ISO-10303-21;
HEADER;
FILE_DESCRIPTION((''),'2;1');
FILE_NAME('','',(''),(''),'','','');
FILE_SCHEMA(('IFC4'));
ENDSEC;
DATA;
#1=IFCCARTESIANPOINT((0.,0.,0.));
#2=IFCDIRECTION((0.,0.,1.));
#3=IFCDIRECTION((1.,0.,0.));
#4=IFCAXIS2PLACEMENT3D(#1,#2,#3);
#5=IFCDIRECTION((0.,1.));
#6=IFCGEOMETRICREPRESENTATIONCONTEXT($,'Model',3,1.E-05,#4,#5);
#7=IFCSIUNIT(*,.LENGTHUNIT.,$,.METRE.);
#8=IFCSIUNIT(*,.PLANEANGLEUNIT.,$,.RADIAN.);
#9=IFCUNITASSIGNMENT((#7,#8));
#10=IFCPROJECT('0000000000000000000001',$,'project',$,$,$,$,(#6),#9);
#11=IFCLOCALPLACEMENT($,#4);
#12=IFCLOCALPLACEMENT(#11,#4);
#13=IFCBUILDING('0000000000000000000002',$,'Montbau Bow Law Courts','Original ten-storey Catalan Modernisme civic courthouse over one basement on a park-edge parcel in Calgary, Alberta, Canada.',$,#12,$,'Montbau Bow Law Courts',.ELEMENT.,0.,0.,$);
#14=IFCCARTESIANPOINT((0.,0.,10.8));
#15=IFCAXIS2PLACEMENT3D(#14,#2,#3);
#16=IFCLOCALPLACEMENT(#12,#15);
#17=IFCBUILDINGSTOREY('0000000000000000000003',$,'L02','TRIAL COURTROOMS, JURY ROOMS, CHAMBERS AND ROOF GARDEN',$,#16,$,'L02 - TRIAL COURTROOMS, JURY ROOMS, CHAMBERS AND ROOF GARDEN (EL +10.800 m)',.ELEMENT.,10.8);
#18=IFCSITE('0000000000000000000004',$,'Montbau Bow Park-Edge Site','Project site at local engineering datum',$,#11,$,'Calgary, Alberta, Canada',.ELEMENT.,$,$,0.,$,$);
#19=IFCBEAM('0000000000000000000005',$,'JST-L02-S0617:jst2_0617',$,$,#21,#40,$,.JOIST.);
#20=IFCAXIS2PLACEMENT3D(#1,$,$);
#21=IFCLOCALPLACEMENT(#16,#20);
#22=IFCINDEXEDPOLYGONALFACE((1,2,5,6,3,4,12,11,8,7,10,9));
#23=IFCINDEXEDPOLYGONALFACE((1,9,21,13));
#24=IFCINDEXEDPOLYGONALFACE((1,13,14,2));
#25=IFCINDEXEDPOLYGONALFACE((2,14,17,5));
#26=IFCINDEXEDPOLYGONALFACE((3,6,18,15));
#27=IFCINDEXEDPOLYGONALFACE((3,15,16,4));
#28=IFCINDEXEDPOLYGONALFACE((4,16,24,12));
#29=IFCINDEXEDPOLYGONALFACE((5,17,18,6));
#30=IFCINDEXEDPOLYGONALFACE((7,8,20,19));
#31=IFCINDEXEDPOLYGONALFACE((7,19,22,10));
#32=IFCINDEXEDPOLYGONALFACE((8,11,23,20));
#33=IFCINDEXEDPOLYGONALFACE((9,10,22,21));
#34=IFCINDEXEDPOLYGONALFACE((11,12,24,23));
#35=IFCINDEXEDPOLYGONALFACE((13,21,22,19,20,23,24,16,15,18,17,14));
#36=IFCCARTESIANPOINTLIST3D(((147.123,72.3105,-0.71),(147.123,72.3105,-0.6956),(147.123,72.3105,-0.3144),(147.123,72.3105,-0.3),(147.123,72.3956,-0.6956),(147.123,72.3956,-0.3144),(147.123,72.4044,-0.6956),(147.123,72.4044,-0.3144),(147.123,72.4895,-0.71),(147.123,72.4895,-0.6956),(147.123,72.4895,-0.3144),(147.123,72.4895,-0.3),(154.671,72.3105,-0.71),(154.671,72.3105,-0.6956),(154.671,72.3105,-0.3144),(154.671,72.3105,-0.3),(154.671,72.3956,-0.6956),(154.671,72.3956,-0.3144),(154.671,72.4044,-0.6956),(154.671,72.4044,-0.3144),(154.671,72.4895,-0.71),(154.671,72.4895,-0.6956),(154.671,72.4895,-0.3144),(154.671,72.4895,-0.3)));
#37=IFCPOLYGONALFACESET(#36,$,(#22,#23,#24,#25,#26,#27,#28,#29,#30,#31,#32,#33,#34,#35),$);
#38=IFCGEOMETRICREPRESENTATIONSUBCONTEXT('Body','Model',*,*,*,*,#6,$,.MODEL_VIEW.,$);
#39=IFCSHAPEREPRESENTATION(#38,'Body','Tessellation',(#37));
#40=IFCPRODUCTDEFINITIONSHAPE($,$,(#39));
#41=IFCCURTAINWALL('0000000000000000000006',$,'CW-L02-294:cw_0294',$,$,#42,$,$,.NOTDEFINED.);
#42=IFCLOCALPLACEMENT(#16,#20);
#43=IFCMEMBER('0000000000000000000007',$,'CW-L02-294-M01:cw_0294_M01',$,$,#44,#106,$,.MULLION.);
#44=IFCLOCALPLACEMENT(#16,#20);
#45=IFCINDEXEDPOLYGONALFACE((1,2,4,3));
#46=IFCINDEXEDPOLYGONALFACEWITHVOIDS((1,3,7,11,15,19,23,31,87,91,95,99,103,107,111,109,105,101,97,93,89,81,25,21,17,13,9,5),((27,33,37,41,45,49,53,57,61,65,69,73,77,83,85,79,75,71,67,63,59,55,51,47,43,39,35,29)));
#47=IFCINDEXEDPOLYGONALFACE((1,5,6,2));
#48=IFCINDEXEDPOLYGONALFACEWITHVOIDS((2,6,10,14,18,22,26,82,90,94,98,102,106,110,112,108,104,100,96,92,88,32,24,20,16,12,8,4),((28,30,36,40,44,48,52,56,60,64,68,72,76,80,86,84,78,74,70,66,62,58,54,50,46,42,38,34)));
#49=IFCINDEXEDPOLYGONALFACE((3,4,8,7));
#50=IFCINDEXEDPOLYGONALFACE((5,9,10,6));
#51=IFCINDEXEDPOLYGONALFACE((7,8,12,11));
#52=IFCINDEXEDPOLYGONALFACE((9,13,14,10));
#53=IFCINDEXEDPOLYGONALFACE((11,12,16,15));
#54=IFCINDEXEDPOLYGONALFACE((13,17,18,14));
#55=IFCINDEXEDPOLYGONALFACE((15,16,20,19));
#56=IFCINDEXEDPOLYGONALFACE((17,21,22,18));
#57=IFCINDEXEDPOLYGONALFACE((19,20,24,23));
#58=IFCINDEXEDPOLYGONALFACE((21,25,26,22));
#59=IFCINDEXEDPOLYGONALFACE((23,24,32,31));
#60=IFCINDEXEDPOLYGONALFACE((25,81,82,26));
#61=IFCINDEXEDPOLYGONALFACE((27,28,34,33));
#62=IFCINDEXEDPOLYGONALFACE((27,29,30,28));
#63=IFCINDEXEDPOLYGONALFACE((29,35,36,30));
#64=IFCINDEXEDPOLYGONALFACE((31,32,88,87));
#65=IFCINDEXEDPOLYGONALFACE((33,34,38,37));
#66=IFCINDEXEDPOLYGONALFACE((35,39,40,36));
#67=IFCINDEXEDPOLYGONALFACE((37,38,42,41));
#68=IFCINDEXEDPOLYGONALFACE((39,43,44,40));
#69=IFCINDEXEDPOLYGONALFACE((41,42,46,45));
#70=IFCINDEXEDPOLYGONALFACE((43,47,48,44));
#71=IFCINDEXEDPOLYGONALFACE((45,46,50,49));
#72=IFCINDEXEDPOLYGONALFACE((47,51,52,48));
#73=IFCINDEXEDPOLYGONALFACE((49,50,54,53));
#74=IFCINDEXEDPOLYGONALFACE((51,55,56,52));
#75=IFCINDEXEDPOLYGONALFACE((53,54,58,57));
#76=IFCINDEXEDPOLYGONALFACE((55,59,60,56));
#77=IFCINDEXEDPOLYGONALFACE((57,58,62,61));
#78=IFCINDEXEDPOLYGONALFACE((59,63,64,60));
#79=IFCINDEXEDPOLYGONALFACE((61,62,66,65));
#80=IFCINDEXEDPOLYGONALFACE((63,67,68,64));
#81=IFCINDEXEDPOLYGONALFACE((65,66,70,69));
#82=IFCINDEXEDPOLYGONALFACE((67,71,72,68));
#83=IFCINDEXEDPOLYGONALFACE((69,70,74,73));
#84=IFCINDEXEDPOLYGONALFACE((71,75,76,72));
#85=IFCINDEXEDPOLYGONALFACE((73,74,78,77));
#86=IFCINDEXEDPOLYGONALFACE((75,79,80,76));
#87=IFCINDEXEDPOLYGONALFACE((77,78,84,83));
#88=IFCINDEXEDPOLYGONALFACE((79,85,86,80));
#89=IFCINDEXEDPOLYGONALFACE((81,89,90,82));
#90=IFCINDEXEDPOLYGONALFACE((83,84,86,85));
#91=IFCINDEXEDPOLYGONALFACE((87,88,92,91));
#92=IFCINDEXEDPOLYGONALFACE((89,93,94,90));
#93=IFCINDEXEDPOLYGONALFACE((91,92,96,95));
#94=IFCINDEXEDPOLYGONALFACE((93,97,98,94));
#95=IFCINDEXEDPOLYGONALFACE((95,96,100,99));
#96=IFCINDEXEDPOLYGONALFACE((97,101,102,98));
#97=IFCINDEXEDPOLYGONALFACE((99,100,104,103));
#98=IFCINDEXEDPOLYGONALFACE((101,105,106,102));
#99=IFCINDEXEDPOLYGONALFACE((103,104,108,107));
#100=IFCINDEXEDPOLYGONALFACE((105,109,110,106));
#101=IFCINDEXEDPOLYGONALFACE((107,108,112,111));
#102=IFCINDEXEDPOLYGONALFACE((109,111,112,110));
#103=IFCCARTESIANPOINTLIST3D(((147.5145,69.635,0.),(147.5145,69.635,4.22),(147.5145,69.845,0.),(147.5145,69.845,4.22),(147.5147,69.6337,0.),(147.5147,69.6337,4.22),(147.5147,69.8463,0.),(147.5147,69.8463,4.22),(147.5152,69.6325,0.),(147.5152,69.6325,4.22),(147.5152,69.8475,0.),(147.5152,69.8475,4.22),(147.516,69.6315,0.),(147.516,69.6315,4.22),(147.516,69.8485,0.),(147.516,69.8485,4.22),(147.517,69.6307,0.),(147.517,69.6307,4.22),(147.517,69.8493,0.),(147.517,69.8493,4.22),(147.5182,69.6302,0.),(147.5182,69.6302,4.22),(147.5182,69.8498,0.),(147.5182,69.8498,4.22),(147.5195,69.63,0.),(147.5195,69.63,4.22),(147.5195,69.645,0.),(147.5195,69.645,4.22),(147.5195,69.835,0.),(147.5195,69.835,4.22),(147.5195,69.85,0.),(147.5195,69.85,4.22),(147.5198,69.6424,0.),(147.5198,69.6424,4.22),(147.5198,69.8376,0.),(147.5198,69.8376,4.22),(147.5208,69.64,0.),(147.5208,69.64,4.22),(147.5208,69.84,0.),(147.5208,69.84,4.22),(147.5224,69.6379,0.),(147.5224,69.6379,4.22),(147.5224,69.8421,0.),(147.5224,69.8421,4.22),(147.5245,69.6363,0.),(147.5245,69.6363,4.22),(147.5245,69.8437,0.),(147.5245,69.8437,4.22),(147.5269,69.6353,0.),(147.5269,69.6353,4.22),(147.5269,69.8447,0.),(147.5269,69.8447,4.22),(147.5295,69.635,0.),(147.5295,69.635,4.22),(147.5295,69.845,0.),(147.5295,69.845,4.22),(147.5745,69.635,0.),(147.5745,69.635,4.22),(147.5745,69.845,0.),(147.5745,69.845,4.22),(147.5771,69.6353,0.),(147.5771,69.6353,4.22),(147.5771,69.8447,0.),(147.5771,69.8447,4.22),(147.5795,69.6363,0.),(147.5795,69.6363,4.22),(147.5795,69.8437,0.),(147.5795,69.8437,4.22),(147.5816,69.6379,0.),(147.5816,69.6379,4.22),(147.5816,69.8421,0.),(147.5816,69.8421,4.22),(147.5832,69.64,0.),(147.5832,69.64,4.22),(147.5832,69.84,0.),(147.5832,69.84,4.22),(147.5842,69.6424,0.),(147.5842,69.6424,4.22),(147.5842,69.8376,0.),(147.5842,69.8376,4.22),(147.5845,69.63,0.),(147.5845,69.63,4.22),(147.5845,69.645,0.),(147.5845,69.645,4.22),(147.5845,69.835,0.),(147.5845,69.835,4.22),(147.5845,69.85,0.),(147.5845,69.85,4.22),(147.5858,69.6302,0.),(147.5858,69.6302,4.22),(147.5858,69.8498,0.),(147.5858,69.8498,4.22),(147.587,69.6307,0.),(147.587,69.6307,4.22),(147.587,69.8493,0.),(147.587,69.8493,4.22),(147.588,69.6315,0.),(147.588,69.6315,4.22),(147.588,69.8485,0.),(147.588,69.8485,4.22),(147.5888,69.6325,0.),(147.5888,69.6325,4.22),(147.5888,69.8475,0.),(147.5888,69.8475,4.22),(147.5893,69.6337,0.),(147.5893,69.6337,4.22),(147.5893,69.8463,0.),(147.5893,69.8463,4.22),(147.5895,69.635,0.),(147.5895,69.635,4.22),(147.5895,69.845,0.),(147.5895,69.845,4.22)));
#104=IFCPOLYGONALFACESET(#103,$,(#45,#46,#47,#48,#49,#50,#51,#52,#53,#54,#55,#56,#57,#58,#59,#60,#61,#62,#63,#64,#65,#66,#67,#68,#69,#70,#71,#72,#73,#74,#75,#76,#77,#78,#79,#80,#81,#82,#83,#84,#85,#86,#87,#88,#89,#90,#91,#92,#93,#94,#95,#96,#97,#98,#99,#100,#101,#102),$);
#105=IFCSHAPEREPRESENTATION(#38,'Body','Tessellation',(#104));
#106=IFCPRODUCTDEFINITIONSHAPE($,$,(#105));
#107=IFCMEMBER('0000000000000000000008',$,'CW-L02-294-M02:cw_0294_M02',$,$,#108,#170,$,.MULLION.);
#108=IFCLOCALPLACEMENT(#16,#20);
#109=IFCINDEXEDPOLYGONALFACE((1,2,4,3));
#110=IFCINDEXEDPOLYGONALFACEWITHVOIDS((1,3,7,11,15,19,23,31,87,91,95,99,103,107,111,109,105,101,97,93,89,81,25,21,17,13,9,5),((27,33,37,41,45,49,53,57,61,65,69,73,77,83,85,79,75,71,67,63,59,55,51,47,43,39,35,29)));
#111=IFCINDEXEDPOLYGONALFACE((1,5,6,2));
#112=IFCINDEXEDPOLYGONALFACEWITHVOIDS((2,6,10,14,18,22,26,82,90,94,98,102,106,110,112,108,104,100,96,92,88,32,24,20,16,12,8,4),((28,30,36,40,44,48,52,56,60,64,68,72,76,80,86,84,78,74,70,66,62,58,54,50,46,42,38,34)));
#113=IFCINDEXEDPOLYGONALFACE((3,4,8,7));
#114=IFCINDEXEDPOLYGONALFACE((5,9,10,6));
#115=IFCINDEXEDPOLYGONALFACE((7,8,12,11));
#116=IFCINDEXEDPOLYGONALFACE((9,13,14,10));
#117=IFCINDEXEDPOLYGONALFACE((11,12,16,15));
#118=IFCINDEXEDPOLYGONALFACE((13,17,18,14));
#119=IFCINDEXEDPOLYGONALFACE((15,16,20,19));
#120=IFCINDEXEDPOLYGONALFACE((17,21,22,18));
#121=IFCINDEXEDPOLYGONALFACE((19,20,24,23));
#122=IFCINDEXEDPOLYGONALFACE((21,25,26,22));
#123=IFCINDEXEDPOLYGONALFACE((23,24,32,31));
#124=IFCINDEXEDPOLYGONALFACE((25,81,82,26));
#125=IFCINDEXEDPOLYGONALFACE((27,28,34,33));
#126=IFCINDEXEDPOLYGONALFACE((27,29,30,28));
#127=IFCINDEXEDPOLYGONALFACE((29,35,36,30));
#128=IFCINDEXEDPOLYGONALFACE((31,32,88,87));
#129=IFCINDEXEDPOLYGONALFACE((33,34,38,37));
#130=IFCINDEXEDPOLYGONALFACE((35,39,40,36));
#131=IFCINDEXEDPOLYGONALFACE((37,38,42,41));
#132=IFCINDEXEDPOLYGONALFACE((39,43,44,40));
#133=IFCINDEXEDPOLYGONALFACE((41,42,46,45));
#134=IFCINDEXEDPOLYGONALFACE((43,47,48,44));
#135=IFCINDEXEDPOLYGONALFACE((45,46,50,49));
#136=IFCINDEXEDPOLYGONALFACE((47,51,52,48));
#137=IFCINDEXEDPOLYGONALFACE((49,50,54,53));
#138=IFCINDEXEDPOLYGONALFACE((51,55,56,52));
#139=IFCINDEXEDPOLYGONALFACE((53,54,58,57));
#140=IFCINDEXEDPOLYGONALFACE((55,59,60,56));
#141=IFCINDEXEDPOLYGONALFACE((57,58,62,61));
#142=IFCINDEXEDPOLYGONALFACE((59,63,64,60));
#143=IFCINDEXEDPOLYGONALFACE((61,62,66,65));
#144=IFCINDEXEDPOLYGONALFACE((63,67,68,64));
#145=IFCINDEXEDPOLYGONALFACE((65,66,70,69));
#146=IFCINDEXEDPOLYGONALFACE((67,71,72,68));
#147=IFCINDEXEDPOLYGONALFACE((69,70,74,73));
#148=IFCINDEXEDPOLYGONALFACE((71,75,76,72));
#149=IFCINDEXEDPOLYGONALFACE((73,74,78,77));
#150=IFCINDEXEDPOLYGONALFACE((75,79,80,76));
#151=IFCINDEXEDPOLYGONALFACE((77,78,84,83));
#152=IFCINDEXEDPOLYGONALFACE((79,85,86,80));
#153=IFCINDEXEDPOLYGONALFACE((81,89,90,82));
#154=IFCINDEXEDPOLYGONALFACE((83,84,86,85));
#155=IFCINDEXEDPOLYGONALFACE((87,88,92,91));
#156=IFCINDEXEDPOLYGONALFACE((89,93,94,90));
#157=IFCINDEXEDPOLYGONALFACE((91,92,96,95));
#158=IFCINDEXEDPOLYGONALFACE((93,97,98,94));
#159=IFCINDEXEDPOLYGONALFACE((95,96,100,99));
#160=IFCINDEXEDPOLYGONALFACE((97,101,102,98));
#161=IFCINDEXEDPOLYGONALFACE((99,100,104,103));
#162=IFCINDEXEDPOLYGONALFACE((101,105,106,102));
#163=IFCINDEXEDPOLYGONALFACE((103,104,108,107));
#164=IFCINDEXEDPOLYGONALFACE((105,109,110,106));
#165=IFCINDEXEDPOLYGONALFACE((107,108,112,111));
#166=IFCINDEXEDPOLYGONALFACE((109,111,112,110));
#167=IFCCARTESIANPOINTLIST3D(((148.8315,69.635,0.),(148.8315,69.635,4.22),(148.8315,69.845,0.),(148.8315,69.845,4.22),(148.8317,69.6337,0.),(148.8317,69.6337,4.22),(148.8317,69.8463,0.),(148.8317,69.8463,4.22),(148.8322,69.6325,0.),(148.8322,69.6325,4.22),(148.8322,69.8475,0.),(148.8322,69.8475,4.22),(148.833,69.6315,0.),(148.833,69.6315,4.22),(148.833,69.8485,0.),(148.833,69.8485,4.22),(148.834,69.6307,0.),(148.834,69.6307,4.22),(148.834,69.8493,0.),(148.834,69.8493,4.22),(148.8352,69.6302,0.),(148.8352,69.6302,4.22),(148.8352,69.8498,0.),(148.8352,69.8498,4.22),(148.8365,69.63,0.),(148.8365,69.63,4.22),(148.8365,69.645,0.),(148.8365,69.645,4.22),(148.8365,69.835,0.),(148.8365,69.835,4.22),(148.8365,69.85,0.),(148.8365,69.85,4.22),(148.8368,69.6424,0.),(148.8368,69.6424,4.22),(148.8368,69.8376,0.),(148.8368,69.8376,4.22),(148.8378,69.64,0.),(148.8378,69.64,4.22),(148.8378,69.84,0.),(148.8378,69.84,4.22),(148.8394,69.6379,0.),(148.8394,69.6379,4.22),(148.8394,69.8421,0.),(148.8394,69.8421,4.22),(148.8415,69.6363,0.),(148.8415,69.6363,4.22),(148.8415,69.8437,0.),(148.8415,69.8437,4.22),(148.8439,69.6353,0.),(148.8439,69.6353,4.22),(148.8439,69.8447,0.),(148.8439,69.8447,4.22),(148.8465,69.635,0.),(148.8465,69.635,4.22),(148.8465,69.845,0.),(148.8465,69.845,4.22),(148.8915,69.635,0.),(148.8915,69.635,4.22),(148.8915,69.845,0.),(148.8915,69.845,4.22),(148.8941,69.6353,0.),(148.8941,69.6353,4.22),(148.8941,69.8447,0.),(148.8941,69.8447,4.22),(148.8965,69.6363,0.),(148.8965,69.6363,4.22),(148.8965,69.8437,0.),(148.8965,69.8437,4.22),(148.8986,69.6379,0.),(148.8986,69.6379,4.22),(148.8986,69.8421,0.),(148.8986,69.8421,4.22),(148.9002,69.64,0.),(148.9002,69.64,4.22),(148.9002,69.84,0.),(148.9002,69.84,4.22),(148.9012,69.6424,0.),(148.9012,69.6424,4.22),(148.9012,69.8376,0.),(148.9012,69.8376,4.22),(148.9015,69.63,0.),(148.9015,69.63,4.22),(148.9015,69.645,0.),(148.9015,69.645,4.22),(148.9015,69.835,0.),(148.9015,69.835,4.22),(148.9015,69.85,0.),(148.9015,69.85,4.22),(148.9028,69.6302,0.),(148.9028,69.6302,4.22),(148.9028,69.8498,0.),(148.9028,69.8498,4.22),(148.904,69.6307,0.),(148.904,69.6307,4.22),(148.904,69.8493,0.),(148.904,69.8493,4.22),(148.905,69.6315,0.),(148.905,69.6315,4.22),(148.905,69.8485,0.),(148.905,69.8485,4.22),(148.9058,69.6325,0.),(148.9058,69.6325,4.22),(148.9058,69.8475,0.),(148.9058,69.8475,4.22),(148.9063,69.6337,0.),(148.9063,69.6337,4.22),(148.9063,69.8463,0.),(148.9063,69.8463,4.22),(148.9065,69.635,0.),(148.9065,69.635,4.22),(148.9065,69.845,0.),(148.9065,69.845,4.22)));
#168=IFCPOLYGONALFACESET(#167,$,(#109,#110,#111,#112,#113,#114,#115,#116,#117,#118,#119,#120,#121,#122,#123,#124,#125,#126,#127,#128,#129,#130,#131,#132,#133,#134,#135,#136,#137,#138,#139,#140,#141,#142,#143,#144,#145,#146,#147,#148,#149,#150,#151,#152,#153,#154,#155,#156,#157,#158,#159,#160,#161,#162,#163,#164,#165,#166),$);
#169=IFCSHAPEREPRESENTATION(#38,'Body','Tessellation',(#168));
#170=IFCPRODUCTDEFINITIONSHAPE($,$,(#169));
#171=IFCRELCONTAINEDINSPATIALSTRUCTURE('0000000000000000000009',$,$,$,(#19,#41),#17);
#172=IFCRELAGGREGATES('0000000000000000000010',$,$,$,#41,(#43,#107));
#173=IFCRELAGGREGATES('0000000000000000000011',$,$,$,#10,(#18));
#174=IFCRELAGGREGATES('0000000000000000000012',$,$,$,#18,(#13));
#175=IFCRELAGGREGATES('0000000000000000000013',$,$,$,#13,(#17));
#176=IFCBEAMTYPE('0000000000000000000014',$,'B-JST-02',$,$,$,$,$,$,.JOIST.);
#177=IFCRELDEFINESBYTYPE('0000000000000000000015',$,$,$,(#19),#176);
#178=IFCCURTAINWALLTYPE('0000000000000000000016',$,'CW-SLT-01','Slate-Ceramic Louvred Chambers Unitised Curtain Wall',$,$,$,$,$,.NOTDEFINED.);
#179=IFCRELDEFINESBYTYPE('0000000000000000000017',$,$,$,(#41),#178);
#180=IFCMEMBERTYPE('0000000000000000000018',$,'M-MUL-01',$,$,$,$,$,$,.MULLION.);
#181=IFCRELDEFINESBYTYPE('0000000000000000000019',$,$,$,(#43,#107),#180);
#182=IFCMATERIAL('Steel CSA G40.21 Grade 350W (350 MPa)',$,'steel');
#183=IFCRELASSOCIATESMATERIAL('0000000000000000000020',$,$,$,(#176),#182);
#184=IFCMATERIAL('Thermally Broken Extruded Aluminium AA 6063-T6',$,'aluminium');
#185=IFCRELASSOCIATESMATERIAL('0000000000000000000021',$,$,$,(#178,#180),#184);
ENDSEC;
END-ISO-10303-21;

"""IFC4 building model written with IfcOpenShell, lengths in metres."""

from ifc_helpers import new_model, si_unit, direction, frame, origin_with_axes, origin_2d_with_axis, place, context, subcontext, project, spatial, hollow_rectangle, i_section, extrude, material, material_profile, profile_set, type_object, element, aggregate, save


model = new_model("IFC4")

# Units and contexts
model_context = context("Model", 3, precision=1e-05, world=origin_with_axes(), true_north=direction((0.0, 1.0)))
body_context = subcontext(model_context, "Body", "Model", "MODEL_VIEW")
ifc_project = project(units=[si_unit("LENGTHUNIT", "METRE"), si_unit("PLANEANGLEUNIT", "RADIAN")], contexts=[model_context])

# Site, building, storey
site_placement = place(None, origin_with_axes())
site = spatial("IfcSite", under=ifc_project, at=site_placement, Name="Montbau Bow Park-Edge Site", Description="Project site at local engineering datum", LongName="Calgary, Alberta, Canada", CompositionType="ELEMENT", RefElevation=0.0)
building_placement = place(site_placement, origin_with_axes())
building = spatial("IfcBuilding", under=site, at=building_placement, Name="Montbau Bow Law Courts", Description="Original ten-storey Catalan Modernisme civic courthouse over one basement on a park-edge parcel in Calgary, Alberta, Canada.", LongName="Montbau Bow Law Courts", CompositionType="ELEMENT", ElevationOfRefHeight=0.0, ElevationOfTerrain=0.0)
storey_placement = place(building_placement, frame((0.0, 0.0, 10.8), z_axis=(0.0, 0.0, 1.0), x_axis=(1.0, 0.0, 0.0)))
storey = spatial("IfcBuildingStorey", under=building, at=storey_placement, Name="L02", Description="TRIAL COURTROOMS, JURY ROOMS, CHAMBERS AND ROOF GARDEN", LongName="L02 - TRIAL COURTROOMS, JURY ROOMS, CHAMBERS AND ROOF GARDEN (EL +10.800 m)", CompositionType="ELEMENT", Elevation=10.8)

# Beam
ifc_material_1 = material(Name="Steel CSA G40.21 Grade 350W (350 MPa)", Category="steel")
ifc_material_profile_1 = material_profile(ifc_material_1, i_section(OverallWidth=0.179, OverallDepth=0.41, WebThickness=0.0088, FlangeThickness=0.0144, at=origin_2d_with_axis()), Name="W410X67", Category="Main", Priority=0)
ifc_profile_set_1 = profile_set([ifc_material_profile_1], Name="Steel CSA G40.21 Grade 350W (350 MPa)")
beam_type = type_object("IfcBeamType", Name="B-JST-02", PredefinedType="JOIST", material=ifc_profile_set_1)
beam_placement = place(None, frame((147.123, 72.4, 10.295), z_axis=(1.0, 0.0, 0.0), x_axis=(0.0, 1.0, 0.0)))
element("IfcBeam", 1, at=beam_placement, inside=storey, type_object=beam_type, Name="JST-L02-S0617:jst2_0617", PredefinedType="JOIST", context=body_context, shape_type="SweptSolid", body=[
    extrude(i_section(OverallWidth=0.179, OverallDepth=0.41, WebThickness=0.0088, FlangeThickness=0.0144, at=origin_2d_with_axis()), origin_with_axes(), (0.0, 0.0, 1.0), 7.548),
])

# Curtain wall, members
ifc_material_2 = material(Name="Thermally Broken Extruded Aluminium AA 6063-T6", Category="aluminium")
curtain_wall_type = type_object("IfcCurtainWallType", Name="CW-SLT-01", Description="Slate-Ceramic Louvred Chambers Unitised Curtain Wall", PredefinedType="NOTDEFINED", material=ifc_material_2)
curtain_wall_1_placement = place(None, frame((147.515, 69.74, 10.8), z_axis=(0.0, 0.0, 1.0), x_axis=(1.0, 0.0, 0.0)))
curtain_wall_1 = element("IfcCurtainWall", 2, at=curtain_wall_1_placement, inside=storey, type_object=curtain_wall_type, Name="CW-L02-294:cw_0294", PredefinedType="NOTDEFINED")
ifc_material_profile_2 = material_profile(ifc_material_2, hollow_rectangle(XDim=0.075, YDim=0.22, WallThickness=0.005, InnerFilletRadius=0.01, OuterFilletRadius=0.005, at=origin_2d_with_axis()), Name="CWM-220X75", Category="Main", Priority=0)
ifc_profile_set_2 = profile_set([ifc_material_profile_2], Name="Thermally Broken Extruded Aluminium AA 6063-T6")
member_type_1 = type_object("IfcMemberType", Name="M-MUL-01", PredefinedType="MULLION", material=ifc_profile_set_2)
member_1_placement = place(None, frame((147.552, 69.74, 10.8), z_axis=(0.0, 0.0, 1.0), x_axis=(1.0, 0.0, 0.0)))
member_1 = element("IfcMember", 3, at=member_1_placement, type_object=member_type_1, Name="CW-L02-294-M01:cw_0294_M01", PredefinedType="MULLION", context=body_context, shape_type="SweptSolid", body=[
    extrude(hollow_rectangle(XDim=0.075, YDim=0.22, WallThickness=0.005, InnerFilletRadius=0.01, OuterFilletRadius=0.005, at=origin_2d_with_axis()), origin_with_axes(), (0.0, 0.0, 1.0), 4.22),
])
member_2_placement = place(None, frame((148.869, 69.74, 10.8), z_axis=(0.0, 0.0, 1.0), x_axis=(1.0, 0.0, 0.0)))
member_2 = element("IfcMember", 4, at=member_2_placement, type_object=member_type_1, Name="CW-L02-294-M02:cw_0294_M02", PredefinedType="MULLION", context=body_context, shape_type="SweptSolid", body=[
    extrude(hollow_rectangle(XDim=0.075, YDim=0.22, WallThickness=0.005, InnerFilletRadius=0.01, OuterFilletRadius=0.005, at=origin_2d_with_axis()), origin_with_axes(), (0.0, 0.0, 1.0), 4.22),
])

aggregate(curtain_wall_1, [member_1, member_2])

save(model, "model.ifc")
